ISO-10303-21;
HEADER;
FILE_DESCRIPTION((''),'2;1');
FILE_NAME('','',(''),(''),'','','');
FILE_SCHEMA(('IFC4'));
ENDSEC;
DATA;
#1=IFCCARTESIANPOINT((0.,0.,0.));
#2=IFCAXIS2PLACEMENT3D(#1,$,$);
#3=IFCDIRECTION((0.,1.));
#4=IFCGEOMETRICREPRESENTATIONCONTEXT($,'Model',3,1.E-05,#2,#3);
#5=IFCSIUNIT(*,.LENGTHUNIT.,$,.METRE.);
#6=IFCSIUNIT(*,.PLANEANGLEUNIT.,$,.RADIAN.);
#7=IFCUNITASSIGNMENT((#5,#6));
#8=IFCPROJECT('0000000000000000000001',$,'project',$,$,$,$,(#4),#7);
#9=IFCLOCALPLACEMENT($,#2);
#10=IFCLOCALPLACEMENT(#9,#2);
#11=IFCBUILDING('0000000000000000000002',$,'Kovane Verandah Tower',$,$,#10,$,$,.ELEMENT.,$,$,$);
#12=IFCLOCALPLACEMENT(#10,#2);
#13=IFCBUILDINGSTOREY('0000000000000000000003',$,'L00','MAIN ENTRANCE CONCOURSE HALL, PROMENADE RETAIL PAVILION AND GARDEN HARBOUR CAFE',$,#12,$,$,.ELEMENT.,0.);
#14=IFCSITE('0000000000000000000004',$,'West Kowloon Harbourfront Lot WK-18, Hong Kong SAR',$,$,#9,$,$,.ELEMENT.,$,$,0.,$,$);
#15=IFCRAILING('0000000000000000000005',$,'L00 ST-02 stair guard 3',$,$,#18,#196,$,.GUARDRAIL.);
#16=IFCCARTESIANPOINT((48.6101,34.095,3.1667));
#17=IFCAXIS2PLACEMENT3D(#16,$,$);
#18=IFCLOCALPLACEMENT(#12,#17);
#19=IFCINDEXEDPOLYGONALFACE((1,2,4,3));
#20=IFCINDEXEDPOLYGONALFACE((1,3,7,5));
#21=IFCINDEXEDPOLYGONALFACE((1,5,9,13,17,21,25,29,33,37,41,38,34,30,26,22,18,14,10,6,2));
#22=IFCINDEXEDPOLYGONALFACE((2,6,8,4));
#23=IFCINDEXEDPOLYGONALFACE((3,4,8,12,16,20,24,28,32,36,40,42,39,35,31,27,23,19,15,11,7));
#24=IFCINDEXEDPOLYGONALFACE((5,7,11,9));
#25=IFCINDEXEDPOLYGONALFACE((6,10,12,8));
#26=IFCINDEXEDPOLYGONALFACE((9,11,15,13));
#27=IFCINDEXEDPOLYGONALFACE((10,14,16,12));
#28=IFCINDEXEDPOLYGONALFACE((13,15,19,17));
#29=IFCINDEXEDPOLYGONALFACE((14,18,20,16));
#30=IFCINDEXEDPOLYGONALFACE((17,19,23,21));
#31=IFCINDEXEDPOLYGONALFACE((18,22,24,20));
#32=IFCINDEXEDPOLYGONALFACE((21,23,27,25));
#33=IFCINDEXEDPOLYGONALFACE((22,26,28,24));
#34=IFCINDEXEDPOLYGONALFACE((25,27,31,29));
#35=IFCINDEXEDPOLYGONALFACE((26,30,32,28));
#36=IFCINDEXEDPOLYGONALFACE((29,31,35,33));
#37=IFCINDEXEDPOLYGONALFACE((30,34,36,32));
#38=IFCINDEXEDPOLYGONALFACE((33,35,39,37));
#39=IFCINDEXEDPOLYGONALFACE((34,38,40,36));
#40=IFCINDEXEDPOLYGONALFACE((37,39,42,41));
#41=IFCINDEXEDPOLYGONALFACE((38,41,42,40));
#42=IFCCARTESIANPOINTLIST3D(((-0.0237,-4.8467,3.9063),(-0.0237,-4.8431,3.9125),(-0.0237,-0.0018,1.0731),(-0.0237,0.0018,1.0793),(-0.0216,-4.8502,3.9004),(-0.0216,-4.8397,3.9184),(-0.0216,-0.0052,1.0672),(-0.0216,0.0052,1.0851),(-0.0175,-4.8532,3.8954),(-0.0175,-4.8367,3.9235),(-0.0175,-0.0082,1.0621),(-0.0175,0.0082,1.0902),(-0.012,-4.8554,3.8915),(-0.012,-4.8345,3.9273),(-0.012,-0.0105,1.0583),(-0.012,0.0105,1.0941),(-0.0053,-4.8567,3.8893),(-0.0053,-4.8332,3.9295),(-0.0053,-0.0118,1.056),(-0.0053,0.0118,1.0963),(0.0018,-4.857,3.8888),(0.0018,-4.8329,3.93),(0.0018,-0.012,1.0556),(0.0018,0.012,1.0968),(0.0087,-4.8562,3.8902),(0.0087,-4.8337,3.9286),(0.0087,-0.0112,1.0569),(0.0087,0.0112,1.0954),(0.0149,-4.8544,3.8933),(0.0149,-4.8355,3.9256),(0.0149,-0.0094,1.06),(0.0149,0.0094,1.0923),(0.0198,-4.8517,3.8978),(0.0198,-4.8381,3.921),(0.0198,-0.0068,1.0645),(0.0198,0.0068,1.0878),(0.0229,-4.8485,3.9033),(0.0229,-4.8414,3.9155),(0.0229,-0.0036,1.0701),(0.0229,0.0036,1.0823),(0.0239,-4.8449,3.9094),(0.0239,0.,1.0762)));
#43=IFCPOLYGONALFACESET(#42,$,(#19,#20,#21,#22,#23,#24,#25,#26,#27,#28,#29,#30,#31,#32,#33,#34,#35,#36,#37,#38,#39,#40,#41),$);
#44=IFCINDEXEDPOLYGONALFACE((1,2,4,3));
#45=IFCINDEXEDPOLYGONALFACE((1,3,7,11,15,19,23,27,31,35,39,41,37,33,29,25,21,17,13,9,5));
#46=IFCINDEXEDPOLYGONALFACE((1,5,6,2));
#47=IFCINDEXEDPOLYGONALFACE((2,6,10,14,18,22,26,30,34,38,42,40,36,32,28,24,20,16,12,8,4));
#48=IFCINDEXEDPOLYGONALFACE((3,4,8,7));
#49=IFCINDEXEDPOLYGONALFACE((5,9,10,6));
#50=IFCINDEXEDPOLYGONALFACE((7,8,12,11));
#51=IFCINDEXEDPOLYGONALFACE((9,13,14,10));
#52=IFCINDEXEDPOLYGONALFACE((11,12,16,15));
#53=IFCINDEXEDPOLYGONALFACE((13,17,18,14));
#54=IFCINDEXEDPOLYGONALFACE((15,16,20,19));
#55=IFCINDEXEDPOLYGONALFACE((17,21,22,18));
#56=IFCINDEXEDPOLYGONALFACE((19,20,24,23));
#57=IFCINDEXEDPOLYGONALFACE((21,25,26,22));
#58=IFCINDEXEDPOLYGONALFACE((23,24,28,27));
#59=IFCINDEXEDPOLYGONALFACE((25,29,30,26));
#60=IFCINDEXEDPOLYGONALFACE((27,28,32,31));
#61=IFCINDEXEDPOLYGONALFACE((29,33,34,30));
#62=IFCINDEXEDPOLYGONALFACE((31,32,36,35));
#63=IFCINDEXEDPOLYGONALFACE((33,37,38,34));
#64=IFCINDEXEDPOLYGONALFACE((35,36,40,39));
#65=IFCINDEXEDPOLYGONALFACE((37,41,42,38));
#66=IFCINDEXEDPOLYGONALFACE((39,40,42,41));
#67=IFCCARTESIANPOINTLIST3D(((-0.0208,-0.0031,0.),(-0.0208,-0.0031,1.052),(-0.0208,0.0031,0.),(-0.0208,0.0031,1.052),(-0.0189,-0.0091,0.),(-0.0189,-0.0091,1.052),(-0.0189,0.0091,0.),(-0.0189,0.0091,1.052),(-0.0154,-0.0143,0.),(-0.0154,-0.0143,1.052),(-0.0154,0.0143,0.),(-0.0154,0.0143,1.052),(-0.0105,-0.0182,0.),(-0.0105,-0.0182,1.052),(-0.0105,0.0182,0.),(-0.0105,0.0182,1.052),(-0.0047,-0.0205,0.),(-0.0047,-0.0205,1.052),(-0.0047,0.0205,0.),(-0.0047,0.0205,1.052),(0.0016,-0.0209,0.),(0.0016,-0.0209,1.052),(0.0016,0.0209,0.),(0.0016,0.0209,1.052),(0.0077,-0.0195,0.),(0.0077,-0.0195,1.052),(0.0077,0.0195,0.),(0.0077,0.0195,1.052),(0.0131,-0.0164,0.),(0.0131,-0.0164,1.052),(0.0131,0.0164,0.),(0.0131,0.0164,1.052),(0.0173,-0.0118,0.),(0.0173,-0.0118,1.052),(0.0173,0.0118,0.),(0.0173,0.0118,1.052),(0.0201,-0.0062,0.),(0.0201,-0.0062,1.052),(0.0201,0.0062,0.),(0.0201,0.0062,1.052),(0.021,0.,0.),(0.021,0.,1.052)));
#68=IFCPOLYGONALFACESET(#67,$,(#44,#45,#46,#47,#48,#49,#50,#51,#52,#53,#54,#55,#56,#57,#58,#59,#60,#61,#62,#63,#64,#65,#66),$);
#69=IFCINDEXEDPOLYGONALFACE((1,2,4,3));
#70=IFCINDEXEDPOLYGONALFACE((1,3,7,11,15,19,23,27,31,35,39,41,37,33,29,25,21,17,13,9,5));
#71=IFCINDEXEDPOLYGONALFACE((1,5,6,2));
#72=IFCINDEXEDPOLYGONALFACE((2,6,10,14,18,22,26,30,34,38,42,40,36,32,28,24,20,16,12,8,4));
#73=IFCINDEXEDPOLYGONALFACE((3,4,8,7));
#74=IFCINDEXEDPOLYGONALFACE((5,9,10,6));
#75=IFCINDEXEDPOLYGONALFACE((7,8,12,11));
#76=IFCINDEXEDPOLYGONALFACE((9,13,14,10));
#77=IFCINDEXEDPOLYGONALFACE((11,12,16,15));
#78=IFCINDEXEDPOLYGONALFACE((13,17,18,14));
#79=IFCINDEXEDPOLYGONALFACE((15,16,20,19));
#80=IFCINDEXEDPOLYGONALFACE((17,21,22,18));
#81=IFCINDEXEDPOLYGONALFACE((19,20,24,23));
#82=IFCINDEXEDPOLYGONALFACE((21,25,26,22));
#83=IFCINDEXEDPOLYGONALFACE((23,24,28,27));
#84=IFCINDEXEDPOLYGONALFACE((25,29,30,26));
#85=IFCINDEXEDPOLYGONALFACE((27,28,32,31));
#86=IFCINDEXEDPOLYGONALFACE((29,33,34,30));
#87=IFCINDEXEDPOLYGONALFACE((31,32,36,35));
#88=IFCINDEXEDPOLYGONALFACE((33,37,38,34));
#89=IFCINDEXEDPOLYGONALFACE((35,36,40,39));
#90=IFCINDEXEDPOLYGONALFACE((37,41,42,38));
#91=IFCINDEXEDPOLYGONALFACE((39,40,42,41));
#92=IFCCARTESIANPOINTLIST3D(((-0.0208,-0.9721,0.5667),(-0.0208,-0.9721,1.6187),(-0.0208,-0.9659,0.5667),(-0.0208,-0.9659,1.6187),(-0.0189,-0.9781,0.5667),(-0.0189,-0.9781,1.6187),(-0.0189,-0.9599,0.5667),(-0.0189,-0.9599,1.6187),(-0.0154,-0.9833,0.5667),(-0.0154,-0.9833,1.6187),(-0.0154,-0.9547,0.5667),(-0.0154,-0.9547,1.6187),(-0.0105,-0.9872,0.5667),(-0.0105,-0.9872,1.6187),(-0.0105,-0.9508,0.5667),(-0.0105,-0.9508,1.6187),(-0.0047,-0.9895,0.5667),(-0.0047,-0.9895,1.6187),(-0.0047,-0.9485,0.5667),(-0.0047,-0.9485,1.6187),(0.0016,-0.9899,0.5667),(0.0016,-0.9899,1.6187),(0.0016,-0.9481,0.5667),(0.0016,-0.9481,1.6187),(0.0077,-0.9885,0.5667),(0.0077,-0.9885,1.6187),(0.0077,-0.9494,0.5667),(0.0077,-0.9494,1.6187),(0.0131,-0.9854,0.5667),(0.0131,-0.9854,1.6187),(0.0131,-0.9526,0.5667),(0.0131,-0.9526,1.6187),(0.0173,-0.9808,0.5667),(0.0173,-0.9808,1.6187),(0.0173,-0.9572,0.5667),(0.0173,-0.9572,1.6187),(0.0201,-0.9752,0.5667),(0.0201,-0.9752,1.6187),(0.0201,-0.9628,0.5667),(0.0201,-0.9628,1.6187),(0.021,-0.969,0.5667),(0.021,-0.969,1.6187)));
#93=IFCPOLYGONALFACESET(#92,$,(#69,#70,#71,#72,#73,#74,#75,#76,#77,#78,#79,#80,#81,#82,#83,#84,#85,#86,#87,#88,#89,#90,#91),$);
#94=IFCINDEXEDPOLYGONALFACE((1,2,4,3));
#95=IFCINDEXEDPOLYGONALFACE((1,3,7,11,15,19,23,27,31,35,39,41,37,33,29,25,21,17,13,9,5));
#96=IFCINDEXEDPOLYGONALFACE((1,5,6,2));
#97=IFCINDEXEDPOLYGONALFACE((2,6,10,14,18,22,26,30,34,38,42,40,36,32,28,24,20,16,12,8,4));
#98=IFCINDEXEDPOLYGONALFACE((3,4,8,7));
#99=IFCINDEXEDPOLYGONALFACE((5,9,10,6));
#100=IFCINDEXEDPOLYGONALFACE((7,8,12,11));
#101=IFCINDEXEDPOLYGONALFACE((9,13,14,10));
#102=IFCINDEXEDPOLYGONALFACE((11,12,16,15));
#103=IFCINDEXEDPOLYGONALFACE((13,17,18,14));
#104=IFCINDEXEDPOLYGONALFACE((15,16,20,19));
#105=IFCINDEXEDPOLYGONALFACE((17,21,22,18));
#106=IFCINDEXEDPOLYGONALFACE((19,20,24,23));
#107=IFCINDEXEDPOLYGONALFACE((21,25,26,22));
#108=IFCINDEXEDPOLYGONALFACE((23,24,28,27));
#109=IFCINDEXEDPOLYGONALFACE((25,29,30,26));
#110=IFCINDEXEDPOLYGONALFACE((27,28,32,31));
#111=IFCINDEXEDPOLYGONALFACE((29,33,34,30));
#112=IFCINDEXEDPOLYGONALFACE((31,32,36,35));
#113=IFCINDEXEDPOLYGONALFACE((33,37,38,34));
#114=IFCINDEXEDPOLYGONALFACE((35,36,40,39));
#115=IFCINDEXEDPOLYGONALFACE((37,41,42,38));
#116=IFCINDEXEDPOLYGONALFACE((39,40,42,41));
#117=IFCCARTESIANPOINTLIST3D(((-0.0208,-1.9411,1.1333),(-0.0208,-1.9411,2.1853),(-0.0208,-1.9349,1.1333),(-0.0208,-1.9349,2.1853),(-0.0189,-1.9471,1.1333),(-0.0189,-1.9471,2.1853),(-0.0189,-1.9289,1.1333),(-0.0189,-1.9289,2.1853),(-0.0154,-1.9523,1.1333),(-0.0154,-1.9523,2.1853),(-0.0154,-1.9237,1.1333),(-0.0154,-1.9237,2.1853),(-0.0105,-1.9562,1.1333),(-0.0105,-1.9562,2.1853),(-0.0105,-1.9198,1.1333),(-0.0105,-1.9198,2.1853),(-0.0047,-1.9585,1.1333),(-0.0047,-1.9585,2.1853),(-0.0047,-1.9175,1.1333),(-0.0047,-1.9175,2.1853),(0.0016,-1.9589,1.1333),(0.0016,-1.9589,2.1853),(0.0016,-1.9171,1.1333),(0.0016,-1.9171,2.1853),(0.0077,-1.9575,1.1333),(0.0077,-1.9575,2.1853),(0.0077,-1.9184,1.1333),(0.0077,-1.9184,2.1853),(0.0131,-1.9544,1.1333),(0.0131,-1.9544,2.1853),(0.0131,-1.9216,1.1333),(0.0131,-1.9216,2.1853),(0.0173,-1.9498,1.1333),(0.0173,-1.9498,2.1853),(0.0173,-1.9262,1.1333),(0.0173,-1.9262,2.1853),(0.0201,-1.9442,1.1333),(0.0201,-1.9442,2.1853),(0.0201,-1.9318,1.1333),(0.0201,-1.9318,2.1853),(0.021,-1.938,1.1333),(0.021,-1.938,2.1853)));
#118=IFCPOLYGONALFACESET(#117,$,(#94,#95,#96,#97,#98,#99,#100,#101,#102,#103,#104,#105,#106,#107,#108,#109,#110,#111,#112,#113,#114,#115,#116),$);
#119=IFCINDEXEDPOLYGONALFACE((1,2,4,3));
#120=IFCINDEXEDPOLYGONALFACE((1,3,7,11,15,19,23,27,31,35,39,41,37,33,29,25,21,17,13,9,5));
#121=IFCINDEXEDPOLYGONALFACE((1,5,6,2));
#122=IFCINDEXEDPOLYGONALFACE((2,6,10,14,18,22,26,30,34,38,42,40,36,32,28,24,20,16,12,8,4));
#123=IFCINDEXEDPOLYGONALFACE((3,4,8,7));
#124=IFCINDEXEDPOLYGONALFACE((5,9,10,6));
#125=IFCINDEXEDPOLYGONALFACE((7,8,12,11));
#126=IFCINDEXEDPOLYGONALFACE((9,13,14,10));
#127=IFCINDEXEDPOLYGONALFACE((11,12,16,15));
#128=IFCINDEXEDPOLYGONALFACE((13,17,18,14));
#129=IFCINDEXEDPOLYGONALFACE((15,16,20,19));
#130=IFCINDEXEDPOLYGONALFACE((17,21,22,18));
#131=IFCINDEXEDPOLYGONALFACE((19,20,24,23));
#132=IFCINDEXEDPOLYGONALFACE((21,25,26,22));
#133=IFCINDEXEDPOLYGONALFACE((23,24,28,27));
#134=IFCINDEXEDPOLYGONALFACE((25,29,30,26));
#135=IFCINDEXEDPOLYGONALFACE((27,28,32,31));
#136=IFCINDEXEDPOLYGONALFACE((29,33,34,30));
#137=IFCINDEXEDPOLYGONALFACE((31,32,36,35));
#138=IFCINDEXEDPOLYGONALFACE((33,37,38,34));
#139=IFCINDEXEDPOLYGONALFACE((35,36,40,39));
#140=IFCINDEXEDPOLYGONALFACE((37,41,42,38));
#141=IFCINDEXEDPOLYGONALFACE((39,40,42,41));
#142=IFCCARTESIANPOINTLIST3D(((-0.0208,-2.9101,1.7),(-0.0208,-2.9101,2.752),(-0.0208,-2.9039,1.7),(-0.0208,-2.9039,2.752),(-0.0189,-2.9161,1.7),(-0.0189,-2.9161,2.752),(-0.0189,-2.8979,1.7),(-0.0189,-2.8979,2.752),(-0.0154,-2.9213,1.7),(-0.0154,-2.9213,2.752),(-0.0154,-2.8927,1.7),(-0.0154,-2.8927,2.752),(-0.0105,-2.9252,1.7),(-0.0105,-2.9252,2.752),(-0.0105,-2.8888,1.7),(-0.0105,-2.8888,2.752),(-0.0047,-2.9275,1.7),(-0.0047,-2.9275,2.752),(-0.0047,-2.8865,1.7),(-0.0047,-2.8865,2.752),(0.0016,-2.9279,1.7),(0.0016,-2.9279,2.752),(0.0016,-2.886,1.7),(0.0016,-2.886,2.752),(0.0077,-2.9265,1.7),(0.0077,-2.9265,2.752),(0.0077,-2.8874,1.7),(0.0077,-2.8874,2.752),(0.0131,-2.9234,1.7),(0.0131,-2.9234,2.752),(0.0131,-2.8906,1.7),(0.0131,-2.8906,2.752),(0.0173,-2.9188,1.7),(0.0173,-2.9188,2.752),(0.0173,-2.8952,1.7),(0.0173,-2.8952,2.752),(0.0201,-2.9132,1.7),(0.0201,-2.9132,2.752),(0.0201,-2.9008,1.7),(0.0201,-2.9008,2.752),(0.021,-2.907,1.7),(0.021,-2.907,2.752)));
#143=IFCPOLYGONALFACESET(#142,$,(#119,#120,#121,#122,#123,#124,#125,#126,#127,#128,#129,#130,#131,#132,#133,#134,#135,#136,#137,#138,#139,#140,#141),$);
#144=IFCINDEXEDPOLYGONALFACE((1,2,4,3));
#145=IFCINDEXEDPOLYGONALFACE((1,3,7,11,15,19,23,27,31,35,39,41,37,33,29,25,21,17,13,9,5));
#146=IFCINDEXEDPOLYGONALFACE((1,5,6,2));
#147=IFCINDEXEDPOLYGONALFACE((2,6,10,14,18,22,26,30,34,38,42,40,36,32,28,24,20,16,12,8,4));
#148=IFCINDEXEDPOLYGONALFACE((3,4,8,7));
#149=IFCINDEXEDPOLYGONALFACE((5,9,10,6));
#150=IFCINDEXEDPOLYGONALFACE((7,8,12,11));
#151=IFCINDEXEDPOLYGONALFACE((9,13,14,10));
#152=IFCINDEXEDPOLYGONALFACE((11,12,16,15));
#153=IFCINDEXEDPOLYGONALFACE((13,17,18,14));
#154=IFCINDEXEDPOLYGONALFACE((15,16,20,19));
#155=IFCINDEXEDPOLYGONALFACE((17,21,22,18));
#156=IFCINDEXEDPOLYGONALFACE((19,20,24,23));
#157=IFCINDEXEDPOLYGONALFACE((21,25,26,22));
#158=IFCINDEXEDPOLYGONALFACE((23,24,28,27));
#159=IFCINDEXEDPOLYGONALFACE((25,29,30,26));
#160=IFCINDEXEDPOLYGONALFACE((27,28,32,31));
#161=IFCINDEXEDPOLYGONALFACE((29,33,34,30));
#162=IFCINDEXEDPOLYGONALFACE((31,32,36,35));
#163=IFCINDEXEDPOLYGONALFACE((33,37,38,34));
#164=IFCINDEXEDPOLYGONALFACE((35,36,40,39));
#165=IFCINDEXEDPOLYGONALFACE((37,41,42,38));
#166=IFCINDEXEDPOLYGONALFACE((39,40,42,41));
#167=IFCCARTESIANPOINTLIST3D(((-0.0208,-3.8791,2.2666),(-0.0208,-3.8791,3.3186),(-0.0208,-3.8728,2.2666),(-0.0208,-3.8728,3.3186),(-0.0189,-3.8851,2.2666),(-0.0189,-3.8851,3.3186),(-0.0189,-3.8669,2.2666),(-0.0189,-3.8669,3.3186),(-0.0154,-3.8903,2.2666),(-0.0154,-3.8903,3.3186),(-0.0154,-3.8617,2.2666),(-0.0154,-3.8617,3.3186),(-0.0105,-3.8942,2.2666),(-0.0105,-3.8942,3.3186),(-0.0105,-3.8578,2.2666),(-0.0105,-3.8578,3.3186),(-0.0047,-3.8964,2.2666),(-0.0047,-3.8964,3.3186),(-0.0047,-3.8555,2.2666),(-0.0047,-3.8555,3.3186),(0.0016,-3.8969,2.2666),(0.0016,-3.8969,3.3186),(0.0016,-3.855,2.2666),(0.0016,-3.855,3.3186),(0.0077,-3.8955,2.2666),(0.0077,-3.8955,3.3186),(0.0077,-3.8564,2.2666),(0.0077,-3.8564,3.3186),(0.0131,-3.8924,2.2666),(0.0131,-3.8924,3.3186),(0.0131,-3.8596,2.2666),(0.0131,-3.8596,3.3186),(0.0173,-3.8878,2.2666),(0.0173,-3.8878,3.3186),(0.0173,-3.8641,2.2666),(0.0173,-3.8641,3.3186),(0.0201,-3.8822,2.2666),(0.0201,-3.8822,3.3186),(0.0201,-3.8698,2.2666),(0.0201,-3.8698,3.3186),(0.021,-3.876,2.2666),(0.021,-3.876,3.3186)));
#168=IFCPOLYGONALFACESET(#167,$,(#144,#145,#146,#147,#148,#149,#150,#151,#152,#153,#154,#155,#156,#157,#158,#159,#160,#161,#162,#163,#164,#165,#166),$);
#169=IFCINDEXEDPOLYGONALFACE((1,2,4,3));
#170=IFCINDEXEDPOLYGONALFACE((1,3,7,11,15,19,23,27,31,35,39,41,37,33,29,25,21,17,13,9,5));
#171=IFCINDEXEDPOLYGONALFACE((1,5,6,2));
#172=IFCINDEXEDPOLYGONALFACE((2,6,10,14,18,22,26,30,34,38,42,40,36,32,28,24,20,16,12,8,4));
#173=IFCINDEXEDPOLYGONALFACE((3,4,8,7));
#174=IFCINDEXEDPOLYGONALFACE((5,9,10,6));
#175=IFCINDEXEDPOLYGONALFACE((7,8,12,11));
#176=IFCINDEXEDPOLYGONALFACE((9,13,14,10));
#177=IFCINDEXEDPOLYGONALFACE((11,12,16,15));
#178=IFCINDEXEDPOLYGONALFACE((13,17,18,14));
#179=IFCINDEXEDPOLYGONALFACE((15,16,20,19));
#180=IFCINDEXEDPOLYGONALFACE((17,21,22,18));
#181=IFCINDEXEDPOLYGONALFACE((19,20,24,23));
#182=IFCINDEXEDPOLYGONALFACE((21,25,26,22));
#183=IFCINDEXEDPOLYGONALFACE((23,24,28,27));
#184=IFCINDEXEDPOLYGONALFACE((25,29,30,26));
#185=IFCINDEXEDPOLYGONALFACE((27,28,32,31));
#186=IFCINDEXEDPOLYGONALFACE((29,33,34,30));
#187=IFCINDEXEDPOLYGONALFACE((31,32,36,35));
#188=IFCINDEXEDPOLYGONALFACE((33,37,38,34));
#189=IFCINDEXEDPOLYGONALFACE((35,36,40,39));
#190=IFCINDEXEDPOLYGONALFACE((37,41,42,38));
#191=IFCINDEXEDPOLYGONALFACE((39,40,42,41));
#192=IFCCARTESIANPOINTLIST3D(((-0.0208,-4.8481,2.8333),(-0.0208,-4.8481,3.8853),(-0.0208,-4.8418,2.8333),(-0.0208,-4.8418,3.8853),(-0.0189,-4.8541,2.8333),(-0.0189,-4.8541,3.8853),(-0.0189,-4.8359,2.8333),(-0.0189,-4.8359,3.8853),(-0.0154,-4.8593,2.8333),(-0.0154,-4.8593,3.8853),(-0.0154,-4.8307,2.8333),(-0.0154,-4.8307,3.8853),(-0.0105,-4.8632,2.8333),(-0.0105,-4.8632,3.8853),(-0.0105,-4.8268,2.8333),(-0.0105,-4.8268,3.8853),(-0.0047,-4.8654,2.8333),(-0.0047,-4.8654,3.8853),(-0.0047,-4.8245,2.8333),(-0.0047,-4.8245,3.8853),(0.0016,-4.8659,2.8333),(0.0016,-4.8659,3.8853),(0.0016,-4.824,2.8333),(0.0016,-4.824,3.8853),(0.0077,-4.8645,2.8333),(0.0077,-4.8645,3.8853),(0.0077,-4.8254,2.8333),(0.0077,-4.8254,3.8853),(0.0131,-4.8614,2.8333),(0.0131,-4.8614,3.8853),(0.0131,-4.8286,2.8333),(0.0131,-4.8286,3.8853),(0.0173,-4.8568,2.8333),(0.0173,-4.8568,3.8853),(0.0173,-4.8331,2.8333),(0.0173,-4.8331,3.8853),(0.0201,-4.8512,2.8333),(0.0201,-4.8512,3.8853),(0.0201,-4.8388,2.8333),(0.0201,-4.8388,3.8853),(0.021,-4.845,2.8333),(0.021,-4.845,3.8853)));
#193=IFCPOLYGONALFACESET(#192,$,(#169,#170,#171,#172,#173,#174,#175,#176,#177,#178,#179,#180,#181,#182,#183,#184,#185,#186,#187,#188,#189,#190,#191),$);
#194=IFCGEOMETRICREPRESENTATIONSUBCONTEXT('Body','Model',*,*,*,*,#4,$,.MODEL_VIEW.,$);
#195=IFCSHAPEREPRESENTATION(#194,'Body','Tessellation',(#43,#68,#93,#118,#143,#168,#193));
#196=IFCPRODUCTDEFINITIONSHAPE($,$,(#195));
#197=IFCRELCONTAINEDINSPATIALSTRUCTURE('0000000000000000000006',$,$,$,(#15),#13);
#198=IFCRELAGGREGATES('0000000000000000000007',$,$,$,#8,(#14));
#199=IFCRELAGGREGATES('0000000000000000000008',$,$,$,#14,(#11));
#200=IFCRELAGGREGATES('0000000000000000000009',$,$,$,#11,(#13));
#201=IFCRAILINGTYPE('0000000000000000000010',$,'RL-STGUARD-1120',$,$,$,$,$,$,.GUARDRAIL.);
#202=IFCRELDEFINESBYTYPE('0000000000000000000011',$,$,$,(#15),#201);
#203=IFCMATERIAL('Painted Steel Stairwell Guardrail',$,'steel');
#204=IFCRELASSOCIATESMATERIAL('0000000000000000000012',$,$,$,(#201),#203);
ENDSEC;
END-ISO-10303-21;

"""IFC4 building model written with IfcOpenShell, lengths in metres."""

from ifc_helpers import new_model, si_unit, direction, frame, origin, origin_2d, place, context, subcontext, project, spatial, circle, extrude, material, type_object, element, save


model = new_model("IFC4")

# Units and contexts
model_context = context("Model", 3, precision=1e-05, world=origin(), true_north=direction((0.0, 1.0)))
body_context = subcontext(model_context, "Body", "Model", "MODEL_VIEW")
ifc_project = project(units=[si_unit("LENGTHUNIT", "METRE"), si_unit("PLANEANGLEUNIT", "RADIAN")], contexts=[model_context])

# Site, building, storey
site_placement = place(None, origin())
site = spatial("IfcSite", under=ifc_project, at=site_placement, Name="West Kowloon Harbourfront Lot WK-18, Hong Kong SAR", CompositionType="ELEMENT", RefElevation=0.0)
building_placement = place(site_placement, origin())
building = spatial("IfcBuilding", under=site, at=building_placement, Name="Kovane Verandah Tower", CompositionType="ELEMENT")
storey_placement = place(building_placement, origin())
storey = spatial("IfcBuildingStorey", under=building, at=storey_placement, Name="L00", Description="MAIN ENTRANCE CONCOURSE HALL, PROMENADE RETAIL PAVILION AND GARDEN HARBOUR CAFE", CompositionType="ELEMENT", Elevation=0.0)

# Railing
ifc_material_1 = material(Name="Painted Steel Stairwell Guardrail", Category="steel")
railing_type_1 = type_object("IfcRailingType", Name="RL-STGUARD-1120", PredefinedType="GUARDRAIL", material=ifc_material_1)
railing_1_placement = place(storey_placement, frame((48.6101, 34.095, 3.1667)))
element("IfcRailing", 1, at=railing_1_placement, inside=storey, type_object=railing_type_1, Name="L00 ST-02 stair guard 3", PredefinedType="GUARDRAIL", context=body_context, shape_type="SweptSolid", body=[
    extrude(circle(Radius=0.0239, at=origin_2d()), frame((0.0, 0.0, 1.0762), z_axis=(0.0, -0.863234, 0.504804), x_axis=(1.0, 0.0, 0.0)), (0.0, 0.0, 1.0), 5.6125),
    extrude(circle(Radius=0.021, at=origin_2d()), origin(), (0.0, 0.0, 1.0), 1.052),
    extrude(circle(Radius=0.021, at=origin_2d()), frame((0.0, -0.969, 0.5667)), (0.0, 0.0, 1.0), 1.052),
    extrude(circle(Radius=0.021, at=origin_2d()), frame((0.0, -1.938, 1.1333)), (0.0, 0.0, 1.0), 1.052),
    extrude(circle(Radius=0.021, at=origin_2d()), frame((0.0, -2.907, 1.7)), (0.0, 0.0, 1.0), 1.052),
    extrude(circle(Radius=0.021, at=origin_2d()), frame((0.0, -3.876, 2.2666)), (0.0, 0.0, 1.0), 1.052),
    extrude(circle(Radius=0.021, at=origin_2d()), frame((0.0, -4.845, 2.8333)), (0.0, 0.0, 1.0), 1.052),
])

save(model, "model.ifc")
